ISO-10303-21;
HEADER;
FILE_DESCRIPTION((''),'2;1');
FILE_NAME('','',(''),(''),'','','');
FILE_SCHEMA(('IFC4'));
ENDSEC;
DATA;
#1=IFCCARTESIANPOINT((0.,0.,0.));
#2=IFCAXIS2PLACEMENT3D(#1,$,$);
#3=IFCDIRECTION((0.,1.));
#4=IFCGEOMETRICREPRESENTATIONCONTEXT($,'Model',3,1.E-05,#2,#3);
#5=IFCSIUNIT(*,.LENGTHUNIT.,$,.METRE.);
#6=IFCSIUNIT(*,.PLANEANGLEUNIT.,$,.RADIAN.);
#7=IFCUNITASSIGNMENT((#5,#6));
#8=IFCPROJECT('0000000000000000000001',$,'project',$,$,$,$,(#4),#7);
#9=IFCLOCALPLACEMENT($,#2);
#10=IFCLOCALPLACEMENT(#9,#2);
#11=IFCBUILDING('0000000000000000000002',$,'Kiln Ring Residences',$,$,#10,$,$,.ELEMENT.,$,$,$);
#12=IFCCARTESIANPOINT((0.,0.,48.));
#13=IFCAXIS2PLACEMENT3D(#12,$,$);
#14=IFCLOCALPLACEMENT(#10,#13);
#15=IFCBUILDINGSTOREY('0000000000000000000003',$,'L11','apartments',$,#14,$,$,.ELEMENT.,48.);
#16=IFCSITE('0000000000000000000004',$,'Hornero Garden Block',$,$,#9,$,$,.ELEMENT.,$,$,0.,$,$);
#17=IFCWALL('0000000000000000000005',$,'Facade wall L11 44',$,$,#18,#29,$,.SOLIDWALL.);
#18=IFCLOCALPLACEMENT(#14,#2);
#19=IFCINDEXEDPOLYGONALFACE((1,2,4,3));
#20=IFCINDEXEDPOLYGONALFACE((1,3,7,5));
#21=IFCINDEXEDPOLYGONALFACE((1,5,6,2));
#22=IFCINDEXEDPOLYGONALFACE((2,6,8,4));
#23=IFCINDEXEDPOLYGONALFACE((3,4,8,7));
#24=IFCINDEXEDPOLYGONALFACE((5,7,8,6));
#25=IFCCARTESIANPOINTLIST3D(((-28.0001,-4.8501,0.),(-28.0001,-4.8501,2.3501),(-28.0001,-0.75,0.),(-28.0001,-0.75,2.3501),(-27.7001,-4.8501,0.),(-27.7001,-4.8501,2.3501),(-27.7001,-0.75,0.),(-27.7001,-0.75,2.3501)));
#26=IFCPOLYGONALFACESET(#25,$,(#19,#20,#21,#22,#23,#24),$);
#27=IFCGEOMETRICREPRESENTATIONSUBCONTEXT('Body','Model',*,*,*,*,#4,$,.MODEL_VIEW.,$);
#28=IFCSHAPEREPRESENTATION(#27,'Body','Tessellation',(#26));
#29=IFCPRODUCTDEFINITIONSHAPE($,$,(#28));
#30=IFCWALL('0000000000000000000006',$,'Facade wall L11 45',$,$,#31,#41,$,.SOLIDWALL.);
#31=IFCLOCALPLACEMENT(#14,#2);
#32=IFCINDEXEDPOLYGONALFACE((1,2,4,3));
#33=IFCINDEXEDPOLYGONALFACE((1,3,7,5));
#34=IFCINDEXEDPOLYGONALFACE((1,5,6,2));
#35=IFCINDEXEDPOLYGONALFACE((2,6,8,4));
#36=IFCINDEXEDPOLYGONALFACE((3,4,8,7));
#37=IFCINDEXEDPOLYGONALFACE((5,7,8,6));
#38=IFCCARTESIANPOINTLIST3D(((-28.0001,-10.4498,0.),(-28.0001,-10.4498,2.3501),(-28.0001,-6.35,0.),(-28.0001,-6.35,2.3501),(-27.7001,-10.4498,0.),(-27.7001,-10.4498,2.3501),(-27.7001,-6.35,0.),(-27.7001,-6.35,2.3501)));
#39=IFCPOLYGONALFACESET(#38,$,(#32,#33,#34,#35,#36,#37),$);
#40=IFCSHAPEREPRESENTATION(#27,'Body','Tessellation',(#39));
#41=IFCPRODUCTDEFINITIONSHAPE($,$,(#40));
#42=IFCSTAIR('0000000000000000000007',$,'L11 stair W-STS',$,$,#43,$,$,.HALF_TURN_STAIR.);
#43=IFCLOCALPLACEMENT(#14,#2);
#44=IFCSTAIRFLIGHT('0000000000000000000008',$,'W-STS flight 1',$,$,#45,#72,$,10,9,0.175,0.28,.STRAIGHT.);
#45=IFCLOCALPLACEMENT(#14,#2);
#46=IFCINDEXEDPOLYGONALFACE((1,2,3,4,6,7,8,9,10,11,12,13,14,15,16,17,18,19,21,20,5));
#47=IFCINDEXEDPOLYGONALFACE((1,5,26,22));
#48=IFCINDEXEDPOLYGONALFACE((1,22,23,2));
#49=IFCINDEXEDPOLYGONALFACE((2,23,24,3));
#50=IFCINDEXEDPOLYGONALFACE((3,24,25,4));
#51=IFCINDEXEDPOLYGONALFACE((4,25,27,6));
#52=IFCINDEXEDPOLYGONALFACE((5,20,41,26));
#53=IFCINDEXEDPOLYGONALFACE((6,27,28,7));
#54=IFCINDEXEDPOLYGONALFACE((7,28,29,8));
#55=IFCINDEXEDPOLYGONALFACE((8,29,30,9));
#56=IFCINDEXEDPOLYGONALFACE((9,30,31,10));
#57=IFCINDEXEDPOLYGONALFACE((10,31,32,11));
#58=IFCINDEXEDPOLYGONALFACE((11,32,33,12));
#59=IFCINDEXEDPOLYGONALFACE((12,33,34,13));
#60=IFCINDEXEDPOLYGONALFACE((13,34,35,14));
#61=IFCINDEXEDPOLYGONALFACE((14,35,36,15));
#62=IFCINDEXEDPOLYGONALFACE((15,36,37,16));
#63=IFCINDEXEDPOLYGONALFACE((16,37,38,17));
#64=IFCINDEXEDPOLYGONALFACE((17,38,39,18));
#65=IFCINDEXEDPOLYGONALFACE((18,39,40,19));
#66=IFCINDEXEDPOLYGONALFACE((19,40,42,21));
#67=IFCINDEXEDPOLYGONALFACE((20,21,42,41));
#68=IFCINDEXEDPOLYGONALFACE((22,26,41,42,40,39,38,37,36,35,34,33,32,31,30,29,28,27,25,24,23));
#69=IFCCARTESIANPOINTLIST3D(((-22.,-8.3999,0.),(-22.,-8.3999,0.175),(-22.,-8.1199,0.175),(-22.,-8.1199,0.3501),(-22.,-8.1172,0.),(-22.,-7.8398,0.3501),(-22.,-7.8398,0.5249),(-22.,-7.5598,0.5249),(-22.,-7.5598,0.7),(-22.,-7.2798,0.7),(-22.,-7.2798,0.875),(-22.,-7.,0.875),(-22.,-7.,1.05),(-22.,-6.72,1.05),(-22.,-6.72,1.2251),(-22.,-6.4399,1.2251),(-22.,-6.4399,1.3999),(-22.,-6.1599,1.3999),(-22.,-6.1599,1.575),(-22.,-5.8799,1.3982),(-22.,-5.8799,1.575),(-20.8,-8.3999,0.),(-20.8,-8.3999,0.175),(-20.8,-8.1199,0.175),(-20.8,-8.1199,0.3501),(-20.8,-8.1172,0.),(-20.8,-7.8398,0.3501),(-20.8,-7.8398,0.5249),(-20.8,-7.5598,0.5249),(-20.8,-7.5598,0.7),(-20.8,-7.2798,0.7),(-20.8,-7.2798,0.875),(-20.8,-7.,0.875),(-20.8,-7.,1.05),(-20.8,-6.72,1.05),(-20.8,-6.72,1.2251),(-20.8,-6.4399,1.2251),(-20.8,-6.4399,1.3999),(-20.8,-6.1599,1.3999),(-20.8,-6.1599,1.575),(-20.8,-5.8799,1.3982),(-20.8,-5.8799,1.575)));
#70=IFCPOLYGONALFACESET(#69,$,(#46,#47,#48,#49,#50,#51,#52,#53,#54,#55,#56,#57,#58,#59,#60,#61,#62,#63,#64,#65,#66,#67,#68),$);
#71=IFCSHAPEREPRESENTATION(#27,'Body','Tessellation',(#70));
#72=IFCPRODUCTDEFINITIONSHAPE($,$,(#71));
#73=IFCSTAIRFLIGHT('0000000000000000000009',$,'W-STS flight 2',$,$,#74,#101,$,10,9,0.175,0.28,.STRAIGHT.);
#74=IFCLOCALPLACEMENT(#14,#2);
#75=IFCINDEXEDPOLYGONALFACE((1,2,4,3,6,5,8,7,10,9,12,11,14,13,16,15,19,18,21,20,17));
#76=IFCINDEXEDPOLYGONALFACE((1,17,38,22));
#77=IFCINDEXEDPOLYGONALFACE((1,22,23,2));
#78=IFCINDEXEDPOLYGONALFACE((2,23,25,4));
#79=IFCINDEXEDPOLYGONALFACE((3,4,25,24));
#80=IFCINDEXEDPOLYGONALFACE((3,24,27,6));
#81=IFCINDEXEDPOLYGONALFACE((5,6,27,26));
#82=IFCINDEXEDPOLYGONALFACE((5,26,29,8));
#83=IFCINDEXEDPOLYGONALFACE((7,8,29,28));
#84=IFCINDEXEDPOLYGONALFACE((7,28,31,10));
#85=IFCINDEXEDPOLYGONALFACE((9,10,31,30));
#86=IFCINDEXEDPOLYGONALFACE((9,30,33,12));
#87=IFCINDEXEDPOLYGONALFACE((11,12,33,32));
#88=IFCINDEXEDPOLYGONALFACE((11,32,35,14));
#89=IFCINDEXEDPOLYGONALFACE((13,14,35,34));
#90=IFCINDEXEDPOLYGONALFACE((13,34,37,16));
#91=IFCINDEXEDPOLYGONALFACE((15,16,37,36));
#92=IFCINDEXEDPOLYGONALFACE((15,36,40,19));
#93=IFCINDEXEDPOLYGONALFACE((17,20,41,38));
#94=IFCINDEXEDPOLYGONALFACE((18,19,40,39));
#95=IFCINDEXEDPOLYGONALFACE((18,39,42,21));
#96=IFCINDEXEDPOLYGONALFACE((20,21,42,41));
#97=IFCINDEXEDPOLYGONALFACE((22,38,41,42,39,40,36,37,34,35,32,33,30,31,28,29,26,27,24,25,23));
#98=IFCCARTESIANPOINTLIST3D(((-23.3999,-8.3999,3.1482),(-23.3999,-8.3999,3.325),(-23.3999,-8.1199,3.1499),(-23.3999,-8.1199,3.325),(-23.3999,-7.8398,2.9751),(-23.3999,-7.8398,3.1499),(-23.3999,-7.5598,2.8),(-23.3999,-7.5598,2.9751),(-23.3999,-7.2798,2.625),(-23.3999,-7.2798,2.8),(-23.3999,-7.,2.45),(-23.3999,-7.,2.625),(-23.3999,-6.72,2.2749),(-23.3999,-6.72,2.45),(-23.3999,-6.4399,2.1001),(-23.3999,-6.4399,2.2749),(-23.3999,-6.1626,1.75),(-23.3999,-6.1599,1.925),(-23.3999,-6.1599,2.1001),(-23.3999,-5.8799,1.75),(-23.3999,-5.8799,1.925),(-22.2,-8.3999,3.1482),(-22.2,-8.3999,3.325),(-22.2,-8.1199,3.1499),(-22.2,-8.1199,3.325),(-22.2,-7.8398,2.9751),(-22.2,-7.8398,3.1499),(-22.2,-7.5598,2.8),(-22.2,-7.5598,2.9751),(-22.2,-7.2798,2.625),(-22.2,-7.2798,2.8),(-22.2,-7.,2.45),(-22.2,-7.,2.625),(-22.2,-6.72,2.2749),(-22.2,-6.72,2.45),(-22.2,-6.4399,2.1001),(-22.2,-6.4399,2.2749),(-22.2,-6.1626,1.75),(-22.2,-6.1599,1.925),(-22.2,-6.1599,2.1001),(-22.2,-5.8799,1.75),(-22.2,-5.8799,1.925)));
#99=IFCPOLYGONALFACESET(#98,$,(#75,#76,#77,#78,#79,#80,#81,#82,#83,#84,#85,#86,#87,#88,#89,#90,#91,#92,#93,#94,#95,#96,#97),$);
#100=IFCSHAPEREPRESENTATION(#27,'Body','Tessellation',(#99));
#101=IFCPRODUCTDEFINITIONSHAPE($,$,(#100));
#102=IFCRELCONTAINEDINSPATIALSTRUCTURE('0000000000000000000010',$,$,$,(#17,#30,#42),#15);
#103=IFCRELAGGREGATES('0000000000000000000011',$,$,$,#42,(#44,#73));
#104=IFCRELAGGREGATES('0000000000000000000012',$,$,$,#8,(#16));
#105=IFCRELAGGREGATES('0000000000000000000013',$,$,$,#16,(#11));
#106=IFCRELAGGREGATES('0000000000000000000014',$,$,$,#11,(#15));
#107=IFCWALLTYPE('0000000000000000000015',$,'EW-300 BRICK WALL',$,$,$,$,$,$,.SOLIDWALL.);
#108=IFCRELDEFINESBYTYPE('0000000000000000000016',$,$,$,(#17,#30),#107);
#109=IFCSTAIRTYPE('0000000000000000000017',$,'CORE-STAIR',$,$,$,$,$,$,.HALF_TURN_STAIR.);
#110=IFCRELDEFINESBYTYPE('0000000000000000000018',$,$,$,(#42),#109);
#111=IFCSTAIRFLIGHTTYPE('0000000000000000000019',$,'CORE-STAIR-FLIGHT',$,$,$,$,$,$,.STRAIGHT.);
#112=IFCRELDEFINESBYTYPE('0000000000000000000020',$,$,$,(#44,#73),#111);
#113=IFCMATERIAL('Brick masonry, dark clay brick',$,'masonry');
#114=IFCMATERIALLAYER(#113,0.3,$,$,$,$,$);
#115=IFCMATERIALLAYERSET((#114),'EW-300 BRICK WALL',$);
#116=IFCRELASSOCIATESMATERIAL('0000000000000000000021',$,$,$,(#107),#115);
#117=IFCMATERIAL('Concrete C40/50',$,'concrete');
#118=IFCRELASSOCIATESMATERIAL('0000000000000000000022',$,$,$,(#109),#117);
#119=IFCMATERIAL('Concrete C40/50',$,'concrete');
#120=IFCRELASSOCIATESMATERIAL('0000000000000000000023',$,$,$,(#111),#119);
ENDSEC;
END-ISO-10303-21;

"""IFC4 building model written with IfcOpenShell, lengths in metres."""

from ifc_helpers import new_model, si_unit, direction, frame, frame_2d, origin, place, context, subcontext, project, spatial, polyline, rectangle, outline, extrude, material, layer, layer_set, type_object, element, aggregate, save


model = new_model("IFC4")

# Units and contexts
model_context = context("Model", 3, precision=1e-05, world=origin(), true_north=direction((0.0, 1.0)))
body_context = subcontext(model_context, "Body", "Model", "MODEL_VIEW")
ifc_project = project(units=[si_unit("LENGTHUNIT", "METRE"), si_unit("PLANEANGLEUNIT", "RADIAN")], contexts=[model_context])

# Site, building, storey
site_placement = place(None, origin())
site = spatial("IfcSite", under=ifc_project, at=site_placement, Name="Hornero Garden Block", CompositionType="ELEMENT", RefElevation=0.0)
building_placement = place(site_placement, origin())
building = spatial("IfcBuilding", under=site, at=building_placement, Name="Kiln Ring Residences", CompositionType="ELEMENT")
storey_placement = place(building_placement, frame((0.0, 0.0, 48.0)))
storey = spatial("IfcBuildingStorey", under=building, at=storey_placement, Name="L11", Description="apartments", CompositionType="ELEMENT", Elevation=48.0)

# Walls
ifc_material_1 = material(Name="Brick masonry, dark clay brick", Category="masonry")
ifc_layer_1 = layer(ifc_material_1, 0.3)
ifc_layer_set_1 = layer_set([ifc_layer_1], Name="EW-300 BRICK WALL")
wall_type_1 = type_object("IfcWallType", Name="EW-300 BRICK WALL", PredefinedType="SOLIDWALL", material=ifc_layer_set_1)
wall_1_placement = place(storey_placement, frame((-27.8501, -0.75, 0.0), z_axis=(0.0, 0.0, 1.0), x_axis=(0.0, -1.0, 0.0)))
element("IfcWall", 1, at=wall_1_placement, inside=storey, type_object=wall_type_1, Name="Facade wall L11 44", PredefinedType="SOLIDWALL", context=body_context, shape_type="SweptSolid", body=[
    extrude(rectangle(XDim=4.1001, YDim=0.3, at=frame_2d((2.05, 0.0))), origin(), (0.0, 0.0, 1.0), 2.3501),
])
wall_2_placement = place(storey_placement, frame((-27.8501, -6.3501, 0.0), z_axis=(0.0, 0.0, 1.0), x_axis=(0.0, -1.0, 0.0)))
element("IfcWall", 2, at=wall_2_placement, inside=storey, type_object=wall_type_1, Name="Facade wall L11 45", PredefinedType="SOLIDWALL", context=body_context, shape_type="SweptSolid", body=[
    extrude(rectangle(XDim=4.0999, YDim=0.3, at=frame_2d((2.0498, 0.0))), origin(), (0.0, 0.0, 1.0), 2.3501),
])

# Stair, stair flights
ifc_material_2 = material(Name="Concrete C40/50", Category="concrete")
stair_type = type_object("IfcStairType", Name="CORE-STAIR", PredefinedType="HALF_TURN_STAIR", material=ifc_material_2)
stair_placement = place(storey_placement, origin())
stair = element("IfcStair", 3, at=stair_placement, inside=storey, type_object=stair_type, Name="L11 stair W-STS", PredefinedType="HALF_TURN_STAIR")
ifc_material_3 = material(Name="Concrete C40/50", Category="concrete")
stair_flight_type = type_object("IfcStairFlightType", Name="CORE-STAIR-FLIGHT", PredefinedType="STRAIGHT", material=ifc_material_3)
stair_flight_1_placement = place(storey_placement, frame((-21.3999, -8.3999, 0.0), z_axis=(0.0, 0.0, 1.0), x_axis=(0.0, 1.0, 0.0)))
stair_flight_1 = element("IfcStairFlight", 4, at=stair_flight_1_placement, type_object=stair_flight_type, Name="W-STS flight 1", NumberOfRisers=10, NumberOfTreads=9, PredefinedType="STRAIGHT", RiserHeight=0.175, TreadLength=0.28, context=body_context, shape_type="SweptSolid", body=[
    extrude(outline(polyline([(0.0, 0.0), (0.0, 0.175), (0.28, 0.175), (0.28, 0.3501), (0.5601, 0.3501), (0.5601, 0.5249), (0.8401, 0.5249), (0.8401, 0.7), (1.1201, 0.7), (1.1201, 0.875), (1.3999, 0.875), (1.3999, 1.05), (1.6799, 1.05), (1.6799, 1.2251), (1.96, 1.2251), (1.96, 1.3999), (2.24, 1.3999), (2.24, 1.575), (2.52, 1.575), (2.52, 1.75), (2.52, 1.3982), (0.2827, 0.0), (0.0, 0.0)])), frame((0.0, 0.6001, 0.0), z_axis=(0.0, -1.0, 0.0), x_axis=(1.0, 0.0, 0.0)), (0.0, 0.0, 1.0), 1.2),
])
stair_flight_2_placement = place(storey_placement, frame((-22.8, -5.8799, 1.75), z_axis=(0.0, 0.0, 1.0), x_axis=(0.0, -1.0, 0.0)))
stair_flight_2 = element("IfcStairFlight", 5, at=stair_flight_2_placement, type_object=stair_flight_type, Name="W-STS flight 2", NumberOfRisers=10, NumberOfTreads=9, PredefinedType="STRAIGHT", RiserHeight=0.175, TreadLength=0.28, context=body_context, shape_type="SweptSolid", body=[
    extrude(outline(polyline([(0.0, 0.0), (0.0, 0.175), (0.28, 0.175), (0.28, 0.3501), (0.5601, 0.3501), (0.5601, 0.5249), (0.8401, 0.5249), (0.8401, 0.7), (1.1201, 0.7), (1.1201, 0.875), (1.3999, 0.875), (1.3999, 1.05), (1.6799, 1.05), (1.6799, 1.2251), (1.96, 1.2251), (1.96, 1.3999), (2.24, 1.3999), (2.24, 1.575), (2.52, 1.575), (2.52, 1.75), (2.52, 1.3982), (0.2827, 0.0), (0.0, 0.0)])), frame((0.0, 0.6001, 0.0), z_axis=(0.0, -1.0, 0.0), x_axis=(1.0, 0.0, 0.0)), (0.0, 0.0, 1.0), 1.2),
])
aggregate(stair, [stair_flight_1, stair_flight_2])

save(model, "model.ifc")
